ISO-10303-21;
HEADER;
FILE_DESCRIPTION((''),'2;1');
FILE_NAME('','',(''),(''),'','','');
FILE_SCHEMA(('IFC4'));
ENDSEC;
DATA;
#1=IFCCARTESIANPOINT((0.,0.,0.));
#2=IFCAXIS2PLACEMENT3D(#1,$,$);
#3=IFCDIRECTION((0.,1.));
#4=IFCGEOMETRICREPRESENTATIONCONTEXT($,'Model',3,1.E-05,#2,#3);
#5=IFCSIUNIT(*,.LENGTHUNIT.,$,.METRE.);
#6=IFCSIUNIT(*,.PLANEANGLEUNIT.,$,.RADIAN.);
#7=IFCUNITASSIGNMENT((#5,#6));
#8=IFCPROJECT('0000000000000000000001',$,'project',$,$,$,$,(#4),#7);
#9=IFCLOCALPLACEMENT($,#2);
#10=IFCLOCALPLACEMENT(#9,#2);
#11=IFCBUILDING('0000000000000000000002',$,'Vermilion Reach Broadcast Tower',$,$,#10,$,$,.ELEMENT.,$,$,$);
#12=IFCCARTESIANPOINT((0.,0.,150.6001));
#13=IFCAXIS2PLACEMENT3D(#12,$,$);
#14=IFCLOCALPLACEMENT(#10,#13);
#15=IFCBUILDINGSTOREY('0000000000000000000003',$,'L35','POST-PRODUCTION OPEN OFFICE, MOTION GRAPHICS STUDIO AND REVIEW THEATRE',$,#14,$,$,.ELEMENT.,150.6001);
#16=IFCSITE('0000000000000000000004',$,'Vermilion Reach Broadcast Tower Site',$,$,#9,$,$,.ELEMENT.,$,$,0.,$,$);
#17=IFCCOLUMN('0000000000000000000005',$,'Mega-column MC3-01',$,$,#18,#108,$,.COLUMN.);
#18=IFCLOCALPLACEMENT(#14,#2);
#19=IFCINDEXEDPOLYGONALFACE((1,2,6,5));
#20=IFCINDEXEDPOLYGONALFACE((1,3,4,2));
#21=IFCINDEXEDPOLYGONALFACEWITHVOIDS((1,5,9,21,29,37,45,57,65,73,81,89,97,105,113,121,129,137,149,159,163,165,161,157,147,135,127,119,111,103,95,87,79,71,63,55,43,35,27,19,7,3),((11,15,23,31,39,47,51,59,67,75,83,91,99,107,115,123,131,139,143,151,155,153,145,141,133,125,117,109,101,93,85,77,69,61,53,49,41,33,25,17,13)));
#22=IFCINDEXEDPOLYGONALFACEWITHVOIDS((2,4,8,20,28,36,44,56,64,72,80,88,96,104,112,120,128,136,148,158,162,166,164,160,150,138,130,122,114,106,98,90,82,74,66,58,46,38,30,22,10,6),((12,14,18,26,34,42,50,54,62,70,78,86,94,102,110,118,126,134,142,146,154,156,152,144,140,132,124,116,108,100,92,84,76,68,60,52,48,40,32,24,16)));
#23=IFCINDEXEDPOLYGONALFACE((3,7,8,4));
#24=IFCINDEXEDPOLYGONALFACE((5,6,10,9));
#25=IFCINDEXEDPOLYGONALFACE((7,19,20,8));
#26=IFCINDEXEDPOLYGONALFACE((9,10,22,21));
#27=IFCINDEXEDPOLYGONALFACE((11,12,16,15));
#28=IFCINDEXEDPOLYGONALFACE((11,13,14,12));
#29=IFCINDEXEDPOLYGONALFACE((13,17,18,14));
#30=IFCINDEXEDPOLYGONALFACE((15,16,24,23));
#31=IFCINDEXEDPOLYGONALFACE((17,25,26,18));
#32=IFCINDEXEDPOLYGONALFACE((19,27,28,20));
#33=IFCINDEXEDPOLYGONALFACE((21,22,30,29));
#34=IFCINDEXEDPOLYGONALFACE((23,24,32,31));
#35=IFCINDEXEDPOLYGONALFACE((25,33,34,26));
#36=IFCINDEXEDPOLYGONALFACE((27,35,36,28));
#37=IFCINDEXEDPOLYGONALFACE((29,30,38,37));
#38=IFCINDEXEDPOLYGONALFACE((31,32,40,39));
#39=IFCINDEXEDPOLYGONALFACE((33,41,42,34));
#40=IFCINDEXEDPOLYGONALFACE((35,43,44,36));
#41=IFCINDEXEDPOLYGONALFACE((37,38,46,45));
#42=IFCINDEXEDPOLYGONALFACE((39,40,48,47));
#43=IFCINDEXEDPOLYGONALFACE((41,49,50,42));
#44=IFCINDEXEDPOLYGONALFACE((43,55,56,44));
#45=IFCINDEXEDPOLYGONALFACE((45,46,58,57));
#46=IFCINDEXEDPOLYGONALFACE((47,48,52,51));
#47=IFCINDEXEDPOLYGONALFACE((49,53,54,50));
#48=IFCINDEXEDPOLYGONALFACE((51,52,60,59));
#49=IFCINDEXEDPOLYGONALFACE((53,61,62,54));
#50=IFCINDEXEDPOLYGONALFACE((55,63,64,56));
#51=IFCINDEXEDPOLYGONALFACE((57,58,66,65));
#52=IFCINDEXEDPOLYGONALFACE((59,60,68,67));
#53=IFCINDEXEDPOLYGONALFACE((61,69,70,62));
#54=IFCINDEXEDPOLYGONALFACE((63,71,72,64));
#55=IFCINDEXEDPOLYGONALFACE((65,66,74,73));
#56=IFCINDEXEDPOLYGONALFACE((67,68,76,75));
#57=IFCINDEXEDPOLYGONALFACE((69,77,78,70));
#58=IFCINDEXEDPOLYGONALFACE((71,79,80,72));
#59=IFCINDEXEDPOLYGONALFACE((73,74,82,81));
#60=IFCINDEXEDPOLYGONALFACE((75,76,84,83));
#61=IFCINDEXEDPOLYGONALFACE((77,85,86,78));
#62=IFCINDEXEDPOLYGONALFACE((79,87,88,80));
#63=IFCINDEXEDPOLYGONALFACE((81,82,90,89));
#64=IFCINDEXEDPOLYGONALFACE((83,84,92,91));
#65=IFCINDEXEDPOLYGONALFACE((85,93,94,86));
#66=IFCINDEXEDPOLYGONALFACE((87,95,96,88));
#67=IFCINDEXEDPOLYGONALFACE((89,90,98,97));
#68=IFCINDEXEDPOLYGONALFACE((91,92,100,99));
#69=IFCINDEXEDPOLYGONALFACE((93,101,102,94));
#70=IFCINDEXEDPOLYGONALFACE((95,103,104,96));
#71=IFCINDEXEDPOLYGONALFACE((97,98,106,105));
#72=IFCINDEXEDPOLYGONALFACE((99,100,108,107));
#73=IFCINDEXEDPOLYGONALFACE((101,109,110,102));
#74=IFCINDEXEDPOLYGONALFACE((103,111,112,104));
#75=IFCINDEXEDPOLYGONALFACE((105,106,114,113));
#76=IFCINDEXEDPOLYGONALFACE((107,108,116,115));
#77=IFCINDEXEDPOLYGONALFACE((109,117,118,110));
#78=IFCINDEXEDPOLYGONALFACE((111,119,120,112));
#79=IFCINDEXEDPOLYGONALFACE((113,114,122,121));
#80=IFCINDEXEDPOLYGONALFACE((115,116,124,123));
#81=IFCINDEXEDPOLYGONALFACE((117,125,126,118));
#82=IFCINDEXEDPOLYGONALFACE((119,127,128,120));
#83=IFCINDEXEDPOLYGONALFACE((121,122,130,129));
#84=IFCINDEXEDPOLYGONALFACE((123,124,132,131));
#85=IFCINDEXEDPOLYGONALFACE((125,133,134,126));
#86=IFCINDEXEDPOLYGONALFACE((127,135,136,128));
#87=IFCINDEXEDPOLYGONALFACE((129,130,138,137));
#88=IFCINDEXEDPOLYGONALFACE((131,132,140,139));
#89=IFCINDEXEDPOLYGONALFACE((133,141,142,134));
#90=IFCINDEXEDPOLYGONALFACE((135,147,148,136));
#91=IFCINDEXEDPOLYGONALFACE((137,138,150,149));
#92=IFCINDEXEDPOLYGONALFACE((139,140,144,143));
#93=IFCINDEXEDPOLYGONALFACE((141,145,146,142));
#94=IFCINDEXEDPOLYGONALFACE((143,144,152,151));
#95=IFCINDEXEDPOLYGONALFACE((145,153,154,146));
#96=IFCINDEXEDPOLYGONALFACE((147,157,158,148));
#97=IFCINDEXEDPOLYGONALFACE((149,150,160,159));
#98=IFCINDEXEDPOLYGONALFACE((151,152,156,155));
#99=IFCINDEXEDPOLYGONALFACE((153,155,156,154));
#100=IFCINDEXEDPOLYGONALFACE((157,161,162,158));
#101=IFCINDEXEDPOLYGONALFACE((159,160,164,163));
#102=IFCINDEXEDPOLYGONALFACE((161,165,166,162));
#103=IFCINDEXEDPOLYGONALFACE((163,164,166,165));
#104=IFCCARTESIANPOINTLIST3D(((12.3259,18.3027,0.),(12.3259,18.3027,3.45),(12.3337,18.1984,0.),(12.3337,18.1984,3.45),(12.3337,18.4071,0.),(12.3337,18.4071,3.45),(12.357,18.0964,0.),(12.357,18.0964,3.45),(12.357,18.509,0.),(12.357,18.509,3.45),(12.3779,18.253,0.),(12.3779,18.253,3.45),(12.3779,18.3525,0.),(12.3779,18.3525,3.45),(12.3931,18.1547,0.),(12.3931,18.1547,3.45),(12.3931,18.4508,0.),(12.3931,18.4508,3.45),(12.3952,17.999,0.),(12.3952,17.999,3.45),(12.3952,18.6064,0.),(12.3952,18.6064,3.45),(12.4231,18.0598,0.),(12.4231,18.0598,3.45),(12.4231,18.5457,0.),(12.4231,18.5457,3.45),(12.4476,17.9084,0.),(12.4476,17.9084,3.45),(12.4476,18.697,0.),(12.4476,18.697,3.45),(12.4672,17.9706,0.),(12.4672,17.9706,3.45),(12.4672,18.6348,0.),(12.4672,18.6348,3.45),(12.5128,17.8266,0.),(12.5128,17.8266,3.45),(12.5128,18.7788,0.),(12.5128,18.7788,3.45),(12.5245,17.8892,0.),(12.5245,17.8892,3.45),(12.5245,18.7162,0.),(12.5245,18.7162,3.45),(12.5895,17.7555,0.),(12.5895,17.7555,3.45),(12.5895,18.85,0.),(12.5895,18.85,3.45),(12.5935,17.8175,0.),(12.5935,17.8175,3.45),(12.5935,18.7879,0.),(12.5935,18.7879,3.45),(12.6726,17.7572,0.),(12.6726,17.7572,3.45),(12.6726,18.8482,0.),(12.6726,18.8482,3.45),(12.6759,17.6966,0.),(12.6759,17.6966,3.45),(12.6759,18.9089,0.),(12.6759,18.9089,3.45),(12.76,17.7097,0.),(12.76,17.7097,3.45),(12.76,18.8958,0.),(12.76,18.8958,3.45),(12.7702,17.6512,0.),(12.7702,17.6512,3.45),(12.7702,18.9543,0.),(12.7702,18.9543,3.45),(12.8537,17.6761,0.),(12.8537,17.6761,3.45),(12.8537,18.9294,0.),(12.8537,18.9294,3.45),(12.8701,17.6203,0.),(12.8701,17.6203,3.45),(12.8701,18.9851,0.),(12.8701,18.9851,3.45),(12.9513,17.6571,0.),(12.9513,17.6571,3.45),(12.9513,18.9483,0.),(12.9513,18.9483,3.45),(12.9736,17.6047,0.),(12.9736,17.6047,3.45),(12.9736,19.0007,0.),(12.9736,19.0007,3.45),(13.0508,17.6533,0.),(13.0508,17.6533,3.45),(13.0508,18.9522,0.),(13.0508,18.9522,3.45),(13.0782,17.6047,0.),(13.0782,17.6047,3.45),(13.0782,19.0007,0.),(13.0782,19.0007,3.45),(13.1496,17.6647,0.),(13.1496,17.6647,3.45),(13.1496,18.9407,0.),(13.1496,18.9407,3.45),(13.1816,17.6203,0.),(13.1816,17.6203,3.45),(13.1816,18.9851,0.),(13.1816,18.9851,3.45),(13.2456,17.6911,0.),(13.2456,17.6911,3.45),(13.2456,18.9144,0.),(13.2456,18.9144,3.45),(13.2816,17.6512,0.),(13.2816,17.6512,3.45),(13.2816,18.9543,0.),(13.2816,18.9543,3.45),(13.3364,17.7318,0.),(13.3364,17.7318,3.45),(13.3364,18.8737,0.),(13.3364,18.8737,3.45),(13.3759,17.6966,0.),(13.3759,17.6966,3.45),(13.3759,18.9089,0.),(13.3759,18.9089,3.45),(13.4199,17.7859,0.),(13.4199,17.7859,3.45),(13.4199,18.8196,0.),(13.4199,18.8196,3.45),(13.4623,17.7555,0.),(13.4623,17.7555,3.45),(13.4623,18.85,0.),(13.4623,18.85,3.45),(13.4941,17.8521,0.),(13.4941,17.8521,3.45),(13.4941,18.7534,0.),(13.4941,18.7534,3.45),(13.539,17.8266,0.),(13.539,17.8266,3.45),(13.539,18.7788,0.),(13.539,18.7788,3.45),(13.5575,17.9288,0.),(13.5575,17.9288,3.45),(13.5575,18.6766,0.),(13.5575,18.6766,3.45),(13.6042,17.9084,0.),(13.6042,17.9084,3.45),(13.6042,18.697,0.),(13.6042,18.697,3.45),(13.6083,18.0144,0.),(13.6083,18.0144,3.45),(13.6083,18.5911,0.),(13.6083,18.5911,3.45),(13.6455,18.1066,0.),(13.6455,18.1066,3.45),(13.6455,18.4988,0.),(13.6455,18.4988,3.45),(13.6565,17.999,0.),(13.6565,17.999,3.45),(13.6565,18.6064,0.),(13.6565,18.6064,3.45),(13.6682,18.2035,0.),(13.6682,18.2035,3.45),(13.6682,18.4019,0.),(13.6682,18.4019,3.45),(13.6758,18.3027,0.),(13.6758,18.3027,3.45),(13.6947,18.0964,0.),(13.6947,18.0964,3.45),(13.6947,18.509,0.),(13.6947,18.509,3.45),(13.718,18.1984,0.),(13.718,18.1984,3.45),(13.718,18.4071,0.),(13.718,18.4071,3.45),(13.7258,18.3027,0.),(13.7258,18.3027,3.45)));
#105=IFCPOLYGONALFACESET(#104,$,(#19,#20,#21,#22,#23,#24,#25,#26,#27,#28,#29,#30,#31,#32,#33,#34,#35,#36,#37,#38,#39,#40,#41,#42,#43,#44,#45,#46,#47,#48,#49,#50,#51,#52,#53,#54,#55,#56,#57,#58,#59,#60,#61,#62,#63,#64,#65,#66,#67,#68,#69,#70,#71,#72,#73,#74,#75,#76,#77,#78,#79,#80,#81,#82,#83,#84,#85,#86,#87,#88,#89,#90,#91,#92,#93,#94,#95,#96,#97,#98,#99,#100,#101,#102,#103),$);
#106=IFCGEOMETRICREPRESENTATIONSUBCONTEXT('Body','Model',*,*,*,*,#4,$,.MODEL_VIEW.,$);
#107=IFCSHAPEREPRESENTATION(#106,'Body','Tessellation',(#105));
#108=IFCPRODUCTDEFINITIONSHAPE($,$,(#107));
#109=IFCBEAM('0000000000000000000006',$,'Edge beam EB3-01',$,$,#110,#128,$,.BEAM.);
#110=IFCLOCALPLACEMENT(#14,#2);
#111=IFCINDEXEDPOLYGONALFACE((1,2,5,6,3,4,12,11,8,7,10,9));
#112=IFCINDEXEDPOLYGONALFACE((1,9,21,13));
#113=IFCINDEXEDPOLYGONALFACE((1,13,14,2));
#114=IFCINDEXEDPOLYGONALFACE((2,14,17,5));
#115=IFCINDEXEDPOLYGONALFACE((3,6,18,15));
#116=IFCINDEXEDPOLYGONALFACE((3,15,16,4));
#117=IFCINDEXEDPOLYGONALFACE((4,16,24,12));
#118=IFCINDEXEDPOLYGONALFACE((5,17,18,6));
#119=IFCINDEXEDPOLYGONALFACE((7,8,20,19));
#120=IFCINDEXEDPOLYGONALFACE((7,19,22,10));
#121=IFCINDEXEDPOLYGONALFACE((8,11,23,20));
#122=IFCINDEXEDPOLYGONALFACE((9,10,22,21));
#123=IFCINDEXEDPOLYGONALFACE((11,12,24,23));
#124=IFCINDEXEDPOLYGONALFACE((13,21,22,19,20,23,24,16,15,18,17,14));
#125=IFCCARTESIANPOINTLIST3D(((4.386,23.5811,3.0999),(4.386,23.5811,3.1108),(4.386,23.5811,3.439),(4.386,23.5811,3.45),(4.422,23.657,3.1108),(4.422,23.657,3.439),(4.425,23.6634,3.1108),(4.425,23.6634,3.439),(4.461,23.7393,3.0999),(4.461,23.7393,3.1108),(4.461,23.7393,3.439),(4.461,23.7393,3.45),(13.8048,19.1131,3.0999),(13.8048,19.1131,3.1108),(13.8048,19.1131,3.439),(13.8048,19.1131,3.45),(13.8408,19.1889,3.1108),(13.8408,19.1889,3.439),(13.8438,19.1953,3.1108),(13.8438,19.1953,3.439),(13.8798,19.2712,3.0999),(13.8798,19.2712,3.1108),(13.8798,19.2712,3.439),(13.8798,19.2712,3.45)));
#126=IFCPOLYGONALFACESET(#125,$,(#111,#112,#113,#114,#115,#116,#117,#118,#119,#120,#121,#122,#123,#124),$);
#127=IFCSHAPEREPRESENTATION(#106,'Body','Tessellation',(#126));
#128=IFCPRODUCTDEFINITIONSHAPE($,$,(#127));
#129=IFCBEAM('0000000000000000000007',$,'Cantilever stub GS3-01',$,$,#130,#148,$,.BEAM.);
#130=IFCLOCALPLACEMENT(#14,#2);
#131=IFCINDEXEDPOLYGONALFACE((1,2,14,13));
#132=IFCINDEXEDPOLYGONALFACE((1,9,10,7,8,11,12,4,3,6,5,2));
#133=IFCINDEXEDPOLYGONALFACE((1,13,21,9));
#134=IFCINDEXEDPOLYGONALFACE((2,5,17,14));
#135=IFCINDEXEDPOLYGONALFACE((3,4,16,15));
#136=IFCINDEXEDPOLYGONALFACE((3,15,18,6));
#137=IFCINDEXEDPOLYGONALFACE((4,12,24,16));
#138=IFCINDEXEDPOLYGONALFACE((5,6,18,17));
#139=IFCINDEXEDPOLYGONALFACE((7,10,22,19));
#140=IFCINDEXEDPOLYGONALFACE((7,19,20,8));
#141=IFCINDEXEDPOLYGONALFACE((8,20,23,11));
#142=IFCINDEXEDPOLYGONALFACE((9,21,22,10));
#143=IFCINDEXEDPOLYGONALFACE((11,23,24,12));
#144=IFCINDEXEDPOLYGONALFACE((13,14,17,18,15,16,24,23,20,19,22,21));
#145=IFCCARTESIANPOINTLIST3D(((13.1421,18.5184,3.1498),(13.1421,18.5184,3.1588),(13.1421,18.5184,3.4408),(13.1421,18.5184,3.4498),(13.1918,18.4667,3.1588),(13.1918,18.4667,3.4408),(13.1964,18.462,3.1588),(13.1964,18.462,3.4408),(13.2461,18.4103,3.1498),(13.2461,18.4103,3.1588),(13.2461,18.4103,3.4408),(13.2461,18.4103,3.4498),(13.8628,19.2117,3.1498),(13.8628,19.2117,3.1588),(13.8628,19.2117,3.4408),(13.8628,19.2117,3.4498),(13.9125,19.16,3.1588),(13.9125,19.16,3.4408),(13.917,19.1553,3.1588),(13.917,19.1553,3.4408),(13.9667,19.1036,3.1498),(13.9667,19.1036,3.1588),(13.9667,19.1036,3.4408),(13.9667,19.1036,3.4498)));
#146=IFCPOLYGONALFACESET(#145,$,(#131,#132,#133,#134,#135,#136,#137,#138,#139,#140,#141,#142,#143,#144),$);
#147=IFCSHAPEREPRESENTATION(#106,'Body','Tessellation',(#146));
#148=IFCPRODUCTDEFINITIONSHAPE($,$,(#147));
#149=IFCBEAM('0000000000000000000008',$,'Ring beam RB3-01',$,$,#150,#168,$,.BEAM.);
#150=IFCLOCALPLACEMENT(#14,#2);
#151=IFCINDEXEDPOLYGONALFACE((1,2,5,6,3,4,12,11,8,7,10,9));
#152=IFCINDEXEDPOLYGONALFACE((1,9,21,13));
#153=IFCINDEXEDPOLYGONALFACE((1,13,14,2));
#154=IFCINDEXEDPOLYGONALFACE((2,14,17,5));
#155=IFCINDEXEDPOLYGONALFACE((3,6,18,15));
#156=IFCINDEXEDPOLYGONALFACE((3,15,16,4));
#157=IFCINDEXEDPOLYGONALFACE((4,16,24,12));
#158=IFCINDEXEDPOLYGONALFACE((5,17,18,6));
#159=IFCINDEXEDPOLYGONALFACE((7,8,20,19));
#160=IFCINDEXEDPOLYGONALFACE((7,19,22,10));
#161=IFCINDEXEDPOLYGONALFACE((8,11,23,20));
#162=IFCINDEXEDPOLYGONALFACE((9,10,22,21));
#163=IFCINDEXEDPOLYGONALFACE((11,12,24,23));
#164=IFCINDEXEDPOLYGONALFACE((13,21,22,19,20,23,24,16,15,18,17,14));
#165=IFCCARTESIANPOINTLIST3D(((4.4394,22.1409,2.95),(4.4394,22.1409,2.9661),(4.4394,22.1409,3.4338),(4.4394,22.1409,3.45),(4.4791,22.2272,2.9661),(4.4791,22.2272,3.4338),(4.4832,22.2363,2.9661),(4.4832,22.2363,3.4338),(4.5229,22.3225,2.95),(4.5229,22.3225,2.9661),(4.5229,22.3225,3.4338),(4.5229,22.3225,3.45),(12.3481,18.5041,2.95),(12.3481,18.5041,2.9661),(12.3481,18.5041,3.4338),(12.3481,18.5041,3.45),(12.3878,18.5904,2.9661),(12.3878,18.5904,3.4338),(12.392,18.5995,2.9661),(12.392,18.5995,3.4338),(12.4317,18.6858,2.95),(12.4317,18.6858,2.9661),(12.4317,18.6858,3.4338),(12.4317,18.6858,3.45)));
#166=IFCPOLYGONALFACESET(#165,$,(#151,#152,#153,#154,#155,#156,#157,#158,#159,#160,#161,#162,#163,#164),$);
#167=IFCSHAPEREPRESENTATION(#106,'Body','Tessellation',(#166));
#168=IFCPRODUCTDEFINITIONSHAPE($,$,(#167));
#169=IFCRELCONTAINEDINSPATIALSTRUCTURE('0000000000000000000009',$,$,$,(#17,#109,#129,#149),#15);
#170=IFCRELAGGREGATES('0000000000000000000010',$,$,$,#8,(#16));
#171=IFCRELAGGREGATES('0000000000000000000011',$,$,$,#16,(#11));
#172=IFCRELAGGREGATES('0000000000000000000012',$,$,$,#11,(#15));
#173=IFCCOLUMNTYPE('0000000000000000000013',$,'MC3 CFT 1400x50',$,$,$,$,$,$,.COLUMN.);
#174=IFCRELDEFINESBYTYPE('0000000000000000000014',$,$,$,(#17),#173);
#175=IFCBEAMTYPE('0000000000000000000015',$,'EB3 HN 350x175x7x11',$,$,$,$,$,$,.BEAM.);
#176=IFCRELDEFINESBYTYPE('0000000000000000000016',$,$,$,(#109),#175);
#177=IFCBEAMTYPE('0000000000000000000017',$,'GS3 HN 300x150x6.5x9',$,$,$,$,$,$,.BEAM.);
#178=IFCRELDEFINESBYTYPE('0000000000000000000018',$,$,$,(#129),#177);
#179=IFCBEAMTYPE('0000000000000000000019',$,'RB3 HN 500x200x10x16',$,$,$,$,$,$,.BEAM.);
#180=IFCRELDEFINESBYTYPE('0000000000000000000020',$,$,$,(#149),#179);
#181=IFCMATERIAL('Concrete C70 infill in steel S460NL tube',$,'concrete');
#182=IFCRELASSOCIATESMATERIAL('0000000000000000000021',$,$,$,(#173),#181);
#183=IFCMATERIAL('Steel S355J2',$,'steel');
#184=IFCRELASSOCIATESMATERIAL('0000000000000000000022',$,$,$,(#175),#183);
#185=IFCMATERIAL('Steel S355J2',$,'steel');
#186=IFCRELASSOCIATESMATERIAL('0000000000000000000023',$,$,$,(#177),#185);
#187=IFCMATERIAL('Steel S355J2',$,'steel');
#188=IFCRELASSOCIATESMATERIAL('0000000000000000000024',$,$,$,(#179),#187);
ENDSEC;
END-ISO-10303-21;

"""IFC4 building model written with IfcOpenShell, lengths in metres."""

from ifc_helpers import new_model, si_unit, direction, frame, origin, origin_2d, place, context, subcontext, project, spatial, hollow_circle, i_section, extrude, material, material_profile, profile_set, type_object, element, save


model = new_model("IFC4")

# Units and contexts
model_context = context("Model", 3, precision=1e-05, world=origin(), true_north=direction((0.0, 1.0)))
body_context = subcontext(model_context, "Body", "Model", "MODEL_VIEW")
ifc_project = project(units=[si_unit("LENGTHUNIT", "METRE"), si_unit("PLANEANGLEUNIT", "RADIAN")], contexts=[model_context])

# Site, building, storey
site_placement = place(None, origin())
site = spatial("IfcSite", under=ifc_project, at=site_placement, Name="Vermilion Reach Broadcast Tower Site", CompositionType="ELEMENT", RefElevation=0.0)
building_placement = place(site_placement, origin())
building = spatial("IfcBuilding", under=site, at=building_placement, Name="Vermilion Reach Broadcast Tower", CompositionType="ELEMENT")
storey_placement = place(building_placement, frame((0.0, 0.0, 150.6001)))
storey = spatial("IfcBuildingStorey", under=building, at=storey_placement, Name="L35", Description="POST-PRODUCTION OPEN OFFICE, MOTION GRAPHICS STUDIO AND REVIEW THEATRE", CompositionType="ELEMENT", Elevation=150.6001)

# Column
ifc_material_1 = material(Name="Concrete C70 infill in steel S460NL tube", Category="concrete")
ifc_material_profile_1 = material_profile(ifc_material_1, hollow_circle(Radius=0.7, WallThickness=0.05, at=origin_2d()), Name="Concrete C70 infill in steel S460NL tube CFT 1400x50")
ifc_profile_set_1 = profile_set([ifc_material_profile_1], Name="Concrete C70 infill in steel S460NL tube")
column_type = type_object("IfcColumnType", Name="MC3 CFT 1400x50", PredefinedType="COLUMN", material=ifc_profile_set_1)
column_placement = place(storey_placement, frame((13.0259, 18.3027, 0.0), z_axis=(0.0, 0.0, 1.0), x_axis=(1.0, 0.0, 0.0)))
element("IfcColumn", 1, at=column_placement, inside=storey, type_object=column_type, Name="Mega-column MC3-01", PredefinedType="COLUMN", context=body_context, shape_type="SweptSolid", body=[
    extrude(hollow_circle(Radius=0.7, WallThickness=0.05, at=origin_2d()), origin(), (0.0, 0.0, 1.0), 3.45),
])

# Beams
ifc_material_2 = material(Name="Steel S355J2", Category="steel")
ifc_material_profile_2 = material_profile(ifc_material_2, i_section(OverallWidth=0.175, OverallDepth=0.3501, WebThickness=0.0071, FlangeThickness=0.011, at=origin_2d()), Name="S355J2 HN 350x175x7x11")
ifc_profile_set_2 = profile_set([ifc_material_profile_2], Name="Steel S355J2")
beam_type_1 = type_object("IfcBeamType", Name="EB3 HN 350x175x7x11", PredefinedType="BEAM", material=ifc_profile_set_2)
beam_1_placement = place(storey_placement, frame((13.8423, 19.1921, 3.2749), z_axis=(-0.903495, 0.428598, 0.0), x_axis=(-0.428598, -0.903495, 0.0)))
element("IfcBeam", 2, at=beam_1_placement, inside=storey, type_object=beam_type_1, Name="Edge beam EB3-01", PredefinedType="BEAM", context=body_context, shape_type="SweptSolid", body=[
    extrude(i_section(OverallWidth=0.175, OverallDepth=0.3501, WebThickness=0.0071, FlangeThickness=0.011, at=origin_2d()), origin(), (0.0, 0.0, 1.0), 10.4248),
])
ifc_material_3 = material(Name="Steel S355J2", Category="steel")
ifc_material_profile_3 = material_profile(ifc_material_3, i_section(OverallWidth=0.1499, OverallDepth=0.3, WebThickness=0.0066, FlangeThickness=0.009, at=origin_2d()), Name="S355J2 HN 300x150x6.5x9")
ifc_profile_set_3 = profile_set([ifc_material_profile_3], Name="Steel S355J2")
beam_type_2 = type_object("IfcBeamType", Name="GS3 HN 300x150x6.5x9", PredefinedType="BEAM", material=ifc_profile_set_3)
beam_2_placement = place(storey_placement, frame((13.1941, 18.4644, 3.2998), z_axis=(0.720645, 0.693304, 0.0), x_axis=(-0.693304, 0.720645, 0.0)))
element("IfcBeam", 3, at=beam_2_placement, inside=storey, type_object=beam_type_2, Name="Cantilever stub GS3-01", PredefinedType="BEAM", context=body_context, shape_type="SweptSolid", body=[
    extrude(i_section(OverallWidth=0.1499, OverallDepth=0.3, WebThickness=0.0066, FlangeThickness=0.009, at=origin_2d()), origin(), (0.0, 0.0, 1.0), 1.0),
])
ifc_material_4 = material(Name="Steel S355J2", Category="steel")
ifc_material_profile_4 = material_profile(ifc_material_4, i_section(OverallWidth=0.2, OverallDepth=0.5, WebThickness=0.01, FlangeThickness=0.0161, at=origin_2d()), Name="S355J2 HN 500x200x10x16")
ifc_profile_set_4 = profile_set([ifc_material_profile_4], Name="Steel S355J2")
beam_type_3 = type_object("IfcBeamType", Name="RB3 HN 500x200x10x16", PredefinedType="BEAM", material=ifc_profile_set_4)
beam_3_placement = place(storey_placement, frame((12.3899, 18.595, 3.2), z_axis=(-0.908546, 0.417784, 0.0), x_axis=(-0.417784, -0.908546, 0.0)))
element("IfcBeam", 4, at=beam_3_placement, inside=storey, type_object=beam_type_3, Name="Ring beam RB3-01", PredefinedType="BEAM", context=body_context, shape_type="SweptSolid", body=[
    extrude(i_section(OverallWidth=0.2, OverallDepth=0.5, WebThickness=0.01, FlangeThickness=0.0161, at=origin_2d()), origin(), (0.0, 0.0, 1.0), 8.7048),
])

save(model, "model.ifc")
